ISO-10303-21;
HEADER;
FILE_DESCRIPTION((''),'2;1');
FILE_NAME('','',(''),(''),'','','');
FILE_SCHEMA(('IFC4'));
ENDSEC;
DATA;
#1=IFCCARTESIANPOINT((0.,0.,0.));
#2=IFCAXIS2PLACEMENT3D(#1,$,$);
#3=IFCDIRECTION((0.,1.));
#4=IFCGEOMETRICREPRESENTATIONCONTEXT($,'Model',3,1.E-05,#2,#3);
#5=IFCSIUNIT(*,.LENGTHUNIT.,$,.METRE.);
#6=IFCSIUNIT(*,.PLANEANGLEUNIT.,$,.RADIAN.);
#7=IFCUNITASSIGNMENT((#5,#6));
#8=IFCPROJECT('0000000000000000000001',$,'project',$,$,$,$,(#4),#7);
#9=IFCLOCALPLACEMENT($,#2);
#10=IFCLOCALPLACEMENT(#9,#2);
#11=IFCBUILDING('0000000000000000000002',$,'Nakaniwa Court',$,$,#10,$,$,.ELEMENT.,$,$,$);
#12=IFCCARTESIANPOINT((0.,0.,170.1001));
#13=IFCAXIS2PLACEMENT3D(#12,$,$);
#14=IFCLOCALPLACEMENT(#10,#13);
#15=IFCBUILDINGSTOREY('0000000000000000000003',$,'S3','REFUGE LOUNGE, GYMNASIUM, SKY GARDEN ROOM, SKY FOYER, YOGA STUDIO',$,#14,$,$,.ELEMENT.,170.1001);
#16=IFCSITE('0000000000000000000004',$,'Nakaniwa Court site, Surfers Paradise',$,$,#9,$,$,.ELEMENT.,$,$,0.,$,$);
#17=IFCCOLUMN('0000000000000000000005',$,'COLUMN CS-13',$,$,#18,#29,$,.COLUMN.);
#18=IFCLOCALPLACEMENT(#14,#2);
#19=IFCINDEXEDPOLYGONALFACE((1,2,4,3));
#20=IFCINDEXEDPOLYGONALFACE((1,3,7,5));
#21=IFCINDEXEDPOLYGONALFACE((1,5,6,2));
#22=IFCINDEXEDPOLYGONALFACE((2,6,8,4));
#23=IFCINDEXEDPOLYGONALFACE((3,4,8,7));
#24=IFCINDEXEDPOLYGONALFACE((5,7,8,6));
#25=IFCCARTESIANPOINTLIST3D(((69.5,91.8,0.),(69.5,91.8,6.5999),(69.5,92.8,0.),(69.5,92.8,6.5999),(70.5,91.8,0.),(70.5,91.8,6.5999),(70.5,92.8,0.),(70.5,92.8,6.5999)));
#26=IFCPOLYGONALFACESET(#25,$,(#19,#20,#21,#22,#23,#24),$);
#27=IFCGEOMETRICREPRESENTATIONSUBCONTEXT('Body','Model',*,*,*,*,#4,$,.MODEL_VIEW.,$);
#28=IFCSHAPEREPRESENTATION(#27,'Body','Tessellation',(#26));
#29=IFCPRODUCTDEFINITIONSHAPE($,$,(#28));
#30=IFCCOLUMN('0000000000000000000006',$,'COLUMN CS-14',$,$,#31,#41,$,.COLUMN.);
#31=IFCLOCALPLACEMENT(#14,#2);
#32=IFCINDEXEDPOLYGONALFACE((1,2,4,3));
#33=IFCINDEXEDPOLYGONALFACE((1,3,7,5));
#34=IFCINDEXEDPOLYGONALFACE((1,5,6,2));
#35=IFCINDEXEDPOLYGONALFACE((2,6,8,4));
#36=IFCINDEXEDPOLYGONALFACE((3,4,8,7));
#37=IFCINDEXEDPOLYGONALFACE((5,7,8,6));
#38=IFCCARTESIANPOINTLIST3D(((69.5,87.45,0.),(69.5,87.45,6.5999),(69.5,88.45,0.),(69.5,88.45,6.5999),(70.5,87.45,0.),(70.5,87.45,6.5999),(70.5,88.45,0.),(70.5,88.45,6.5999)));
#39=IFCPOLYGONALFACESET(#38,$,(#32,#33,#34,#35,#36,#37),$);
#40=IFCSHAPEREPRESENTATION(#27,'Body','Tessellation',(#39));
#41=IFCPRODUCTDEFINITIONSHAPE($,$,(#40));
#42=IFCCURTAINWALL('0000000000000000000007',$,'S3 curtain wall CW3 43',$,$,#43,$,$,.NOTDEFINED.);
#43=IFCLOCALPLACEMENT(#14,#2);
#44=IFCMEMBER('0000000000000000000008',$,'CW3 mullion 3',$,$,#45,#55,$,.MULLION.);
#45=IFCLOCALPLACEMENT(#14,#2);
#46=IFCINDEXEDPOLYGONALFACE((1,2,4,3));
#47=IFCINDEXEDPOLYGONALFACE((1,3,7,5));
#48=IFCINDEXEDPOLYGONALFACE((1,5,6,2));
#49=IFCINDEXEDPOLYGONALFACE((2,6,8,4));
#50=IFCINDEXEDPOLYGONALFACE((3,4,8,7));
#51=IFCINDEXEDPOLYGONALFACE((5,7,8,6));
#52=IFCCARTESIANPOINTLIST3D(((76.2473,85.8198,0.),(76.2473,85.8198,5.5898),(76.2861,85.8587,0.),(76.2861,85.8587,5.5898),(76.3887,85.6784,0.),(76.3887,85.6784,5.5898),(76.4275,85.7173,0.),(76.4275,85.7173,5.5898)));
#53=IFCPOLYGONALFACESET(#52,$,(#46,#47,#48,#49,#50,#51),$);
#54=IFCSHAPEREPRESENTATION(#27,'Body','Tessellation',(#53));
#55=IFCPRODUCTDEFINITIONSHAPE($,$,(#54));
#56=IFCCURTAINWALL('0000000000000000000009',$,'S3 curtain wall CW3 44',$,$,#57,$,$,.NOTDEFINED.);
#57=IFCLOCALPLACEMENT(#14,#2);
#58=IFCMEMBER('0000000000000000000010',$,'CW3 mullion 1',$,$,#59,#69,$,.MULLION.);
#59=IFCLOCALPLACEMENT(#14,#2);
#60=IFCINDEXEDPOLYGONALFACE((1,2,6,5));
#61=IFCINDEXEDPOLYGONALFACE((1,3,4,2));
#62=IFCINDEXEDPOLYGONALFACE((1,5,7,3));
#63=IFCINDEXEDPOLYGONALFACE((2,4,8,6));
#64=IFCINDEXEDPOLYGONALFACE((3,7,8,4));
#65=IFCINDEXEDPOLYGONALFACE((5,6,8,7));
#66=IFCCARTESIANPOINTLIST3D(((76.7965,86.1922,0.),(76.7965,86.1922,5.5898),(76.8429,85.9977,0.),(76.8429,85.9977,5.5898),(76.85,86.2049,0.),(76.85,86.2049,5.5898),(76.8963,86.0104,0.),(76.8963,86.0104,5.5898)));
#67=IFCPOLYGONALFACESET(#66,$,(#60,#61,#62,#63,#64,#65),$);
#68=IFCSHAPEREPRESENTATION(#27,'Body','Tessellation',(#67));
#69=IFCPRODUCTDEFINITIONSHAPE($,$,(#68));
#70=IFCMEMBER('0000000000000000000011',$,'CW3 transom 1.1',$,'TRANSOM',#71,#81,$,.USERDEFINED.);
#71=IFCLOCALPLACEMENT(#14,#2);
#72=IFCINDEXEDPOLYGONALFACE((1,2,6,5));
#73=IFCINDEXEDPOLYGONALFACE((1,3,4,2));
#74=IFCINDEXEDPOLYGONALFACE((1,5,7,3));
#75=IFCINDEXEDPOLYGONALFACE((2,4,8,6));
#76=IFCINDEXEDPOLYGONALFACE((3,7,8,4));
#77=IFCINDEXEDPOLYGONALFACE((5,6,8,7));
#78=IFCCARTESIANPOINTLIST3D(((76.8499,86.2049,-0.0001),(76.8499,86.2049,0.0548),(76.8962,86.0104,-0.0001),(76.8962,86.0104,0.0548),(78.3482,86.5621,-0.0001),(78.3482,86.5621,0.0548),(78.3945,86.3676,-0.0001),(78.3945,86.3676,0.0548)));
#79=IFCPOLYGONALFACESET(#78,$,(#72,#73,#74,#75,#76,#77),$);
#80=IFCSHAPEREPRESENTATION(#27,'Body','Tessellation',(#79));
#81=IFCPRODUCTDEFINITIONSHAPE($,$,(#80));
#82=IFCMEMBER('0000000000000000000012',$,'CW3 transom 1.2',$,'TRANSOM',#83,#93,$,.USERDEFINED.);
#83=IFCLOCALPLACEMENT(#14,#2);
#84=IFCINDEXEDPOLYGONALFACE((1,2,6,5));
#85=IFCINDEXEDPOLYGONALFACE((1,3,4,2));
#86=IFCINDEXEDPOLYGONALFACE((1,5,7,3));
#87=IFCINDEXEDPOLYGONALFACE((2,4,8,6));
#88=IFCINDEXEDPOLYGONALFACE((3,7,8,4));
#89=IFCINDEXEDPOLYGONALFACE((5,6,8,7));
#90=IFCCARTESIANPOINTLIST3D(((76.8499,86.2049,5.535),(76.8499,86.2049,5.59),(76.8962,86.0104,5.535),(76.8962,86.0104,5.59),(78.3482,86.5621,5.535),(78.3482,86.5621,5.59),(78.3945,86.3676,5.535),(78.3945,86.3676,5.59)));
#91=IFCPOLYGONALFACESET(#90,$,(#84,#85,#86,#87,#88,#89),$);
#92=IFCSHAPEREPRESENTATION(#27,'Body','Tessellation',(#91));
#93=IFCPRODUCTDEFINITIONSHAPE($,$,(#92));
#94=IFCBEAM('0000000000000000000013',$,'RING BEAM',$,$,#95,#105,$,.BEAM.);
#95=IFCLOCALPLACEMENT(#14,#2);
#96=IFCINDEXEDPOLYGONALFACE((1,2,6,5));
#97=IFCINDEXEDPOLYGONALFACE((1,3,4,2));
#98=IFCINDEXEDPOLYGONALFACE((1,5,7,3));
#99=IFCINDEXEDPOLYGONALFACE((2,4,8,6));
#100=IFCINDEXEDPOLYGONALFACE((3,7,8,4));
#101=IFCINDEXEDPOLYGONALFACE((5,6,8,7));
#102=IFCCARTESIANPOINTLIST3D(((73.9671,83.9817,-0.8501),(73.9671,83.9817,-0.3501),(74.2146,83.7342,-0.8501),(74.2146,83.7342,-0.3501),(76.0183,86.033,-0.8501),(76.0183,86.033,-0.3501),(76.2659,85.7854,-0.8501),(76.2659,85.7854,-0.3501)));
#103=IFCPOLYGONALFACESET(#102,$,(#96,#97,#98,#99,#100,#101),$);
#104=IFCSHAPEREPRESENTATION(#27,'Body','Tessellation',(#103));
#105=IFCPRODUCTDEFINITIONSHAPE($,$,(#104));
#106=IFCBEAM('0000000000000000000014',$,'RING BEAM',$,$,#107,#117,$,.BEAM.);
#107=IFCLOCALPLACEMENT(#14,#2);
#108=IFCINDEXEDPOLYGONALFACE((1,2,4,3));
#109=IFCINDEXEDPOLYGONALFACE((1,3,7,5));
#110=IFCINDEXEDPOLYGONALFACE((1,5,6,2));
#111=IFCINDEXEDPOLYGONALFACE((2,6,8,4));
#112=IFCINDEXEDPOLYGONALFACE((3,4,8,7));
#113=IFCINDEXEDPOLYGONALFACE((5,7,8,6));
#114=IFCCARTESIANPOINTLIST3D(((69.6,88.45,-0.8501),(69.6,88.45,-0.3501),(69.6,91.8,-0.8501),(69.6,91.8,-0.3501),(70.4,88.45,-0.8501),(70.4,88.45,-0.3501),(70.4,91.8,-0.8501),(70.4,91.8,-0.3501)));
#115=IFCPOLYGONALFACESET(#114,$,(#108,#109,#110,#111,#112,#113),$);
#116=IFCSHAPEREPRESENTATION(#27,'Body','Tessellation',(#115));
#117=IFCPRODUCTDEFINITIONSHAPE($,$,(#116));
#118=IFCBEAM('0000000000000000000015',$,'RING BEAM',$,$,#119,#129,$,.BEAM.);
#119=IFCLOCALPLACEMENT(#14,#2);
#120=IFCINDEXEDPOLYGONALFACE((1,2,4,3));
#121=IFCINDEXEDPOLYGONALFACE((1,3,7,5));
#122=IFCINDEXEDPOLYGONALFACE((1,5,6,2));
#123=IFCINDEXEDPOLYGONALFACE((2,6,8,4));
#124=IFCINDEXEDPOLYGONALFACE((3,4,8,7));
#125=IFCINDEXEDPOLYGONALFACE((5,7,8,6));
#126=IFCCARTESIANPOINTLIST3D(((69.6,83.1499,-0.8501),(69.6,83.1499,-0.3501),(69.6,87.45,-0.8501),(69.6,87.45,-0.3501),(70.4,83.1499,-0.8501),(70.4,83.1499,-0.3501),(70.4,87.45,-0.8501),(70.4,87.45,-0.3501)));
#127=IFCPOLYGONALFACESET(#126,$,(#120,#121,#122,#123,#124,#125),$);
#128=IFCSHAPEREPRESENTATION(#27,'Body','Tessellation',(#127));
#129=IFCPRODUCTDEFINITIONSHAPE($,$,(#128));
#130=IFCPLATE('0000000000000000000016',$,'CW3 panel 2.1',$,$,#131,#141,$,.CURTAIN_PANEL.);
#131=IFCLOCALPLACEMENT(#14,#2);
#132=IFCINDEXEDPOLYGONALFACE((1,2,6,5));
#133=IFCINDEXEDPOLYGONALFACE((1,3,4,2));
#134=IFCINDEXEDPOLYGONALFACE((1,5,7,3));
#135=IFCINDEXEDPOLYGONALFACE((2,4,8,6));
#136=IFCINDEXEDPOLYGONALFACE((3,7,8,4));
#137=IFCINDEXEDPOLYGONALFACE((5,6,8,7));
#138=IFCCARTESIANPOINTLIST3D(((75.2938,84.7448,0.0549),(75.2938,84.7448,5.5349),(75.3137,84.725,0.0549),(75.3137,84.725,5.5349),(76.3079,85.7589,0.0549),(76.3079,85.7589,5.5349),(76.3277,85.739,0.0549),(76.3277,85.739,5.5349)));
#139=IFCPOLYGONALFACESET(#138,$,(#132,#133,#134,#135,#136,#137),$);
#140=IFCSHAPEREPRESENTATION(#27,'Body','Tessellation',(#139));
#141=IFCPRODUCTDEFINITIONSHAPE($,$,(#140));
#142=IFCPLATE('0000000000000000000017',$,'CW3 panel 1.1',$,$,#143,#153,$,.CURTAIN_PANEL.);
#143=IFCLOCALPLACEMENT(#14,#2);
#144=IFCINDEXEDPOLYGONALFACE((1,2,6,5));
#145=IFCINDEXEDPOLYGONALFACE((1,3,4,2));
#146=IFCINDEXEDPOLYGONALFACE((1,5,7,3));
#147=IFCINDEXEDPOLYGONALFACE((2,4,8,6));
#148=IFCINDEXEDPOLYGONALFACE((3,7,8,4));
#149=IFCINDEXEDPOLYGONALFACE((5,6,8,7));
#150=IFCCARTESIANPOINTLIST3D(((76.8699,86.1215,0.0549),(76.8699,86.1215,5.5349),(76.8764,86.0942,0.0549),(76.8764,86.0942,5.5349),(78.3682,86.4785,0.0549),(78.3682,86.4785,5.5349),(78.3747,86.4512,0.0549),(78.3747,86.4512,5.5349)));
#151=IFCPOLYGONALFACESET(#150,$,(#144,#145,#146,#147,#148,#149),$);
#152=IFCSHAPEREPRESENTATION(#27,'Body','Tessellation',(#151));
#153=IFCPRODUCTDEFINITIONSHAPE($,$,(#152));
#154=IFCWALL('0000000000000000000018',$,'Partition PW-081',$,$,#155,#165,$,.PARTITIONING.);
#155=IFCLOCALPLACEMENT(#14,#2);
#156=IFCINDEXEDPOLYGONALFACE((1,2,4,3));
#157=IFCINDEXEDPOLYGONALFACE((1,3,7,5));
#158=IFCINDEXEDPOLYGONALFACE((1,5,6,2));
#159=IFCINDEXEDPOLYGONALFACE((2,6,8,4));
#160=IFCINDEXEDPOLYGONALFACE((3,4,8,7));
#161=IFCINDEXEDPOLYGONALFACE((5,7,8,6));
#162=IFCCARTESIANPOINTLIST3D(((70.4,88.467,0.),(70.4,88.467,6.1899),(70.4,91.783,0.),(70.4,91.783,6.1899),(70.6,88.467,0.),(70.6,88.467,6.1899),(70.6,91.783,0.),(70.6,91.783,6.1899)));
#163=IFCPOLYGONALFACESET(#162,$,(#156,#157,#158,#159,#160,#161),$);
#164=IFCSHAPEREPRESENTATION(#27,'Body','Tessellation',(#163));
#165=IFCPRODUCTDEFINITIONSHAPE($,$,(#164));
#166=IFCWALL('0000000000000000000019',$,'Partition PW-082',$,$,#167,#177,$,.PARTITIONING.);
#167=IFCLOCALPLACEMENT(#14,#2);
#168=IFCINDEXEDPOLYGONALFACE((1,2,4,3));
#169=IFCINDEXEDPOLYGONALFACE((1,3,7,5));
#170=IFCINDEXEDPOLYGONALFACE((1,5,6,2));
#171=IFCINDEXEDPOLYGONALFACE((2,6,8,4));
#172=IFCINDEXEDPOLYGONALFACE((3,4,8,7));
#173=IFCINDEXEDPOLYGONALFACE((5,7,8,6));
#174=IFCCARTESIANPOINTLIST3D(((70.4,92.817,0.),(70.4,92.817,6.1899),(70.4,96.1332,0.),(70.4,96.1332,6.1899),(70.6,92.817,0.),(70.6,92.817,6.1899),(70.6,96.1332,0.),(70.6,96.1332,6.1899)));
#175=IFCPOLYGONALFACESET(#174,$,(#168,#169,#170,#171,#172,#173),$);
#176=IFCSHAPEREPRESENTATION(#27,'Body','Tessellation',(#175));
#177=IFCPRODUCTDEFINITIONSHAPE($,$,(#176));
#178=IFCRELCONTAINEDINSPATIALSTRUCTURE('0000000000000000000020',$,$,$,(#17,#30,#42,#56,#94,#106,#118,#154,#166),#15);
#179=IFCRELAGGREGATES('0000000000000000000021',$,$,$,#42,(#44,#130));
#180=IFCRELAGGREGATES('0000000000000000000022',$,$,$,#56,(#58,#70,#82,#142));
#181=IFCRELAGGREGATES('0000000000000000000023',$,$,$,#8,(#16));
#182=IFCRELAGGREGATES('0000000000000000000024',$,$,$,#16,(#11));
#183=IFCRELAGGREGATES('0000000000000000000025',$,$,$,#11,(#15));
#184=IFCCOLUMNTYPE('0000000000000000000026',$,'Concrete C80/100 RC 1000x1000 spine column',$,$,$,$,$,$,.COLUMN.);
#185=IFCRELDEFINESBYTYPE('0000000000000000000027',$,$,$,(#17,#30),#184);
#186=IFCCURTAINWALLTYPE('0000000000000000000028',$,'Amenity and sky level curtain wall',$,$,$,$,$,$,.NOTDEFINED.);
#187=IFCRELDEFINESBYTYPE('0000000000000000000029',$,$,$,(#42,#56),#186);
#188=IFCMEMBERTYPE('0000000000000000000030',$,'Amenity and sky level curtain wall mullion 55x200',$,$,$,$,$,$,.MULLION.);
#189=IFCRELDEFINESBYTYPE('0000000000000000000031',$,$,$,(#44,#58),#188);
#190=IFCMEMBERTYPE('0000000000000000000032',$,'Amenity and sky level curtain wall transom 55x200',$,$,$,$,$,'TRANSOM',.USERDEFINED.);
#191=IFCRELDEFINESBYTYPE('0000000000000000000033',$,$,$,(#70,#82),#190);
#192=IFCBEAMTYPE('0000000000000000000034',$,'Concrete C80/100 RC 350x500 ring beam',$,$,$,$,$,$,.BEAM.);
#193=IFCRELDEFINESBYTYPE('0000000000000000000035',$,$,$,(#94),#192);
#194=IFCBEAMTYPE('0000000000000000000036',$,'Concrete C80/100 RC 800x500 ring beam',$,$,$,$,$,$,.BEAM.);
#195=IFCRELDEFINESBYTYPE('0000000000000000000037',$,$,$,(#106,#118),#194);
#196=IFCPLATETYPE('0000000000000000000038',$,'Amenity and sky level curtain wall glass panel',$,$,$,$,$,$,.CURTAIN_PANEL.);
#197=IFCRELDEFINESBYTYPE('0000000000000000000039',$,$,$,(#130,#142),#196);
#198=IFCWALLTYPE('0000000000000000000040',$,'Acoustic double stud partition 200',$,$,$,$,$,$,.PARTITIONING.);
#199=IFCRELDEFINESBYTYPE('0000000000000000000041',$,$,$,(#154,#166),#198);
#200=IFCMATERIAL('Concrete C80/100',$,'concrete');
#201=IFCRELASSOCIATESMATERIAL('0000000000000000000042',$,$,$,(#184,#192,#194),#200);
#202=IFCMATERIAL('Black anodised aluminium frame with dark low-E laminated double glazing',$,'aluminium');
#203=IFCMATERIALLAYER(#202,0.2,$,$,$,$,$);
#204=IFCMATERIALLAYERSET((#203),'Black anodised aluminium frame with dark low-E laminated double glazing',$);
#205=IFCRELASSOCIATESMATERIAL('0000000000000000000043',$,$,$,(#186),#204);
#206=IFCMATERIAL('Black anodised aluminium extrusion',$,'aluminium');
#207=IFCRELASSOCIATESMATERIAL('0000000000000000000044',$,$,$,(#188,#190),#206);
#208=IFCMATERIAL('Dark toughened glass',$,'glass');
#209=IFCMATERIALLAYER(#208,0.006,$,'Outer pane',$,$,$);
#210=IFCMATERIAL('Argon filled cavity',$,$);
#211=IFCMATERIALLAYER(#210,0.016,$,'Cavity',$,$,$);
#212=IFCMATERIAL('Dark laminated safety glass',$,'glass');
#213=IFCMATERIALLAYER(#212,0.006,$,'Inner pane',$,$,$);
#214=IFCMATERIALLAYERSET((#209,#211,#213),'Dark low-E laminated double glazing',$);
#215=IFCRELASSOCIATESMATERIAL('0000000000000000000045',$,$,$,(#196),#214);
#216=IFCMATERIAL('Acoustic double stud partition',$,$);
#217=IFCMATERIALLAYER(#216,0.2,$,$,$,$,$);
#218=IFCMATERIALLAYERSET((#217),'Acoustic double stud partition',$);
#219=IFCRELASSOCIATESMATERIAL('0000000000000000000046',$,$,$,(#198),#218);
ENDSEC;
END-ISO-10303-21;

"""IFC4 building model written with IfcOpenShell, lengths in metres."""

from ifc_helpers import new_model, si_unit, direction, frame, frame_2d, origin, origin_2d, place, context, subcontext, project, spatial, rectangle, extrude, material, layer, layer_set, material_profile, profile_set, type_object, element, aggregate, save


model = new_model("IFC4")

# Units and contexts
model_context = context("Model", 3, precision=1e-05, world=origin(), true_north=direction((0.0, 1.0)))
body_context = subcontext(model_context, "Body", "Model", "MODEL_VIEW")
ifc_project = project(units=[si_unit("LENGTHUNIT", "METRE"), si_unit("PLANEANGLEUNIT", "RADIAN")], contexts=[model_context])

# Site, building, storey
site_placement = place(None, origin())
site = spatial("IfcSite", under=ifc_project, at=site_placement, Name="Nakaniwa Court site, Surfers Paradise", CompositionType="ELEMENT", RefElevation=0.0)
building_placement = place(site_placement, origin())
building = spatial("IfcBuilding", under=site, at=building_placement, Name="Nakaniwa Court", CompositionType="ELEMENT")
storey_placement = place(building_placement, frame((0.0, 0.0, 170.1001)))
storey = spatial("IfcBuildingStorey", under=building, at=storey_placement, Name="S3", Description="REFUGE LOUNGE, GYMNASIUM, SKY GARDEN ROOM, SKY FOYER, YOGA STUDIO", CompositionType="ELEMENT", Elevation=170.1001)

# Columns
ifc_material_1 = material(Name="Concrete C80/100", Category="concrete")
ifc_material_profile_1 = material_profile(ifc_material_1, rectangle(XDim=1.0, YDim=1.0, at=origin_2d()), Name="Concrete C80/100 RC 1000x1000 spine column")
ifc_profile_set_1 = profile_set([ifc_material_profile_1], Name="Concrete C80/100")
column_type_1 = type_object("IfcColumnType", Name="Concrete C80/100 RC 1000x1000 spine column", PredefinedType="COLUMN", material=ifc_profile_set_1)
for number, where, z_axis, x_axis, name in (
    (1, (70.0, 92.3, 0.0), (0.0, 0.0, 1.0), (0.0, -1.0, 0.0), "COLUMN CS-13"),
    (2, (70.0, 87.95, 0.0), (0.0, 0.0, 1.0), (0.0, -1.0, 0.0), "COLUMN CS-14"),
):
    element("IfcColumn", number, at=place(storey_placement, frame(where, z_axis=z_axis, x_axis=x_axis)), inside=storey, type_object=column_type_1, Name=name, PredefinedType="COLUMN", context=body_context, shape_type="SweptSolid", body=[
        extrude(rectangle(XDim=1.0, YDim=1.0, at=origin_2d()), origin(), (0.0, 0.0, 1.0), 6.5999),
    ])

# Curtain wall, member
ifc_material_2 = material(Name="Black anodised aluminium frame with dark low-E laminated double glazing", Category="aluminium")
ifc_layer_1 = layer(ifc_material_2, 0.2)
ifc_layer_set_1 = layer_set([ifc_layer_1], Name="Black anodised aluminium frame with dark low-E laminated double glazing")
curtain_wall_type = type_object("IfcCurtainWallType", Name="Amenity and sky level curtain wall", PredefinedType="NOTDEFINED", material=ifc_layer_set_1)
curtain_wall_1_placement = place(storey_placement, origin())
curtain_wall_1 = element("IfcCurtainWall", 3, at=curtain_wall_1_placement, inside=storey, type_object=curtain_wall_type, Name="S3 curtain wall CW3 43", PredefinedType="NOTDEFINED")
ifc_material_3 = material(Name="Black anodised aluminium extrusion", Category="aluminium")
ifc_material_profile_2 = material_profile(ifc_material_3, rectangle(XDim=0.2, YDim=0.0549, at=origin_2d()), Name="Amenity and sky level curtain wall mullion 55x200")
ifc_profile_set_2 = profile_set([ifc_material_profile_2], Name="Black anodised aluminium extrusion")
member_type_1 = type_object("IfcMemberType", Name="Amenity and sky level curtain wall mullion 55x200", PredefinedType="MULLION", material=ifc_profile_set_2)
member_1_placement = place(storey_placement, frame((76.3374, 85.7686, 0.0), z_axis=(0.0, 0.0, 1.0), x_axis=(-0.707107, 0.707107, 0.0)))
member_1 = element("IfcMember", 4, at=member_1_placement, type_object=member_type_1, Name="CW3 mullion 3", PredefinedType="MULLION", context=body_context, shape_type="SweptSolid", body=[
    extrude(rectangle(XDim=0.2, YDim=0.0549, at=origin_2d()), origin(), (0.0, 0.0, 1.0), 5.5898),
])

# Curtain wall, members
curtain_wall_2_placement = place(storey_placement, origin())
curtain_wall_2 = element("IfcCurtainWall", 5, at=curtain_wall_2_placement, inside=storey, type_object=curtain_wall_type, Name="S3 curtain wall CW3 44", PredefinedType="NOTDEFINED")
member_2_placement = place(storey_placement, frame((76.8464, 86.1013, 0.0), z_axis=(0.0, 0.0, 1.0), x_axis=(-0.231791, 0.972766, 0.0)))
member_2 = element("IfcMember", 6, at=member_2_placement, type_object=member_type_1, Name="CW3 mullion 1", PredefinedType="MULLION", context=body_context, shape_type="SweptSolid", body=[
    extrude(rectangle(XDim=0.2, YDim=0.0549, at=origin_2d()), origin(), (0.0, 0.0, 1.0), 5.5898),
])
ifc_material_profile_3 = material_profile(ifc_material_3, rectangle(XDim=0.2, YDim=0.0549, at=origin_2d()), Name="Amenity and sky level curtain wall transom 55x200")
ifc_profile_set_3 = profile_set([ifc_material_profile_3], Name="Black anodised aluminium extrusion")
member_type_2 = type_object("IfcMemberType", Name="Amenity and sky level curtain wall transom 55x200", ElementType="TRANSOM", PredefinedType="USERDEFINED", material=ifc_profile_set_3)
member_3_placement = place(storey_placement, frame((76.873, 86.1077, 0.0273), z_axis=(0.972742, 0.231892, 0.0), x_axis=(-0.231892, 0.972742, 0.0)))
member_3 = element("IfcMember", 7, at=member_3_placement, type_object=member_type_2, Name="CW3 transom 1.1", ObjectType="TRANSOM", PredefinedType="USERDEFINED", context=body_context, shape_type="SweptSolid", body=[
    extrude(rectangle(XDim=0.2, YDim=0.0549, at=origin_2d()), origin(), (0.0, 0.0, 1.0), 1.5403),
])
member_4_placement = place(storey_placement, frame((76.873, 86.1077, 5.5625), z_axis=(0.972742, 0.231892, 0.0), x_axis=(-0.231892, 0.972742, 0.0)))
member_4 = element("IfcMember", 8, at=member_4_placement, type_object=member_type_2, Name="CW3 transom 1.2", ObjectType="TRANSOM", PredefinedType="USERDEFINED", context=body_context, shape_type="SweptSolid", body=[
    extrude(rectangle(XDim=0.2, YDim=0.0549, at=origin_2d()), origin(), (0.0, 0.0, 1.0), 1.5403),
])

# Beams
ifc_material_profile_4 = material_profile(ifc_material_1, rectangle(XDim=0.3501, YDim=0.5, at=origin_2d()), Name="Concrete C80/100 RC 350x500 ring beam")
ifc_profile_set_4 = profile_set([ifc_material_profile_4], Name="Concrete C80/100")
beam_type_1 = type_object("IfcBeamType", Name="Concrete C80/100 RC 350x500 ring beam", PredefinedType="BEAM", material=ifc_profile_set_4)
beam_1_placement = place(storey_placement, frame((76.1421, 85.9092, -0.6001), z_axis=(-0.707107, -0.707107, 0.0), x_axis=(0.707107, -0.707107, 0.0)))
element("IfcBeam", 9, at=beam_1_placement, inside=storey, type_object=beam_type_1, Name="RING BEAM", PredefinedType="BEAM", context=body_context, shape_type="SweptSolid", body=[
    extrude(rectangle(XDim=0.3501, YDim=0.5, at=origin_2d()), origin(), (0.0, 0.0, 1.0), 2.9009),
])
ifc_material_profile_5 = material_profile(ifc_material_1, rectangle(XDim=0.8, YDim=0.5, at=origin_2d()), Name="Concrete C80/100 RC 800x500 ring beam")
ifc_profile_set_5 = profile_set([ifc_material_profile_5], Name="Concrete C80/100")
beam_type_2 = type_object("IfcBeamType", Name="Concrete C80/100 RC 800x500 ring beam", PredefinedType="BEAM", material=ifc_profile_set_5)
beam_2_placement = place(storey_placement, frame((70.0, 91.8, -0.6001), z_axis=(0.0, -1.0, 0.0), x_axis=(1.0, 0.0, 0.0)))
element("IfcBeam", 10, at=beam_2_placement, inside=storey, type_object=beam_type_2, Name="RING BEAM", PredefinedType="BEAM", context=body_context, shape_type="SweptSolid", body=[
    extrude(rectangle(XDim=0.8, YDim=0.5, at=origin_2d()), origin(), (0.0, 0.0, 1.0), 3.3501),
])
beam_3_placement = place(storey_placement, frame((70.0, 87.45, -0.6001), z_axis=(0.0, -1.0, 0.0), x_axis=(1.0, 0.0, 0.0)))
element("IfcBeam", 11, at=beam_3_placement, inside=storey, type_object=beam_type_2, Name="RING BEAM", PredefinedType="BEAM", context=body_context, shape_type="SweptSolid", body=[
    extrude(rectangle(XDim=0.8, YDim=0.5, at=origin_2d()), origin(), (0.0, 0.0, 1.0), 4.3),
])

# Plates
ifc_material_4 = material(Name="Dark toughened glass", Category="glass")
ifc_layer_2 = layer(ifc_material_4, 0.006, Name="Outer pane")
ifc_material_5 = material(Name="Argon filled cavity")
ifc_layer_3 = layer(ifc_material_5, 0.016, Name="Cavity")
ifc_material_6 = material(Name="Dark laminated safety glass", Category="glass")
ifc_layer_4 = layer(ifc_material_6, 0.006, Name="Inner pane")
ifc_layer_set_2 = layer_set([ifc_layer_2, ifc_layer_3, ifc_layer_4], Name="Dark low-E laminated double glazing")
plate_type = type_object("IfcPlateType", Name="Amenity and sky level curtain wall glass panel", PredefinedType="CURTAIN_PANEL", material=ifc_layer_set_2)
plate_1_placement = place(storey_placement, frame((75.8108, 85.2419, 0.0549), z_axis=(0.0, 0.0, 1.0), x_axis=(0.707107, 0.707107, 0.0)))
plate_1 = element("IfcPlate", 12, at=plate_1_placement, type_object=plate_type, Name="CW3 panel 2.1", PredefinedType="CURTAIN_PANEL", context=body_context, shape_type="SweptSolid", body=[
    extrude(rectangle(XDim=1.4341, YDim=0.0281, at=origin_2d()), origin(), (0.0, 0.0, 1.0), 5.48),
])
aggregate(curtain_wall_1, [member_1, plate_1])
plate_2_placement = place(storey_placement, frame((77.6223, 86.2864, 0.0549), z_axis=(0.0, 0.0, 1.0), x_axis=(0.972766, 0.231791, 0.0)))
plate_2 = element("IfcPlate", 13, at=plate_2_placement, type_object=plate_type, Name="CW3 panel 1.1", PredefinedType="CURTAIN_PANEL", context=body_context, shape_type="SweptSolid", body=[
    extrude(rectangle(XDim=1.5403, YDim=0.0281, at=origin_2d()), origin(), (0.0, 0.0, 1.0), 5.48),
])
aggregate(curtain_wall_2, [member_2, member_3, member_4, plate_2])

# Walls
ifc_material_7 = material(Name="Acoustic double stud partition")
ifc_layer_5 = layer(ifc_material_7, 0.2)
ifc_layer_set_3 = layer_set([ifc_layer_5], Name="Acoustic double stud partition")
wall_type_1 = type_object("IfcWallType", Name="Acoustic double stud partition 200", PredefinedType="PARTITIONING", material=ifc_layer_set_3)
wall_1_placement = place(storey_placement, frame((70.5, 88.467, 0.0), z_axis=(0.0, 0.0, 1.0), x_axis=(0.0, 1.0, 0.0)))
element("IfcWall", 14, at=wall_1_placement, inside=storey, type_object=wall_type_1, Name="Partition PW-081", PredefinedType="PARTITIONING", context=body_context, shape_type="SweptSolid", body=[
    extrude(rectangle(XDim=3.3159, YDim=0.2, at=frame_2d((1.658, 0.0))), origin(), (0.0, 0.0, 1.0), 6.1899),
])
wall_2_placement = place(storey_placement, frame((70.5, 92.8169, 0.0), z_axis=(0.0, 0.0, 1.0), x_axis=(0.0, 1.0, 0.0)))
element("IfcWall", 15, at=wall_2_placement, inside=storey, type_object=wall_type_1, Name="Partition PW-082", PredefinedType="PARTITIONING", context=body_context, shape_type="SweptSolid", body=[
    extrude(rectangle(XDim=3.3162, YDim=0.2, at=frame_2d((1.6582, 0.0))), origin(), (0.0, 0.0, 1.0), 6.1899),
])

save(model, "model.ifc")
